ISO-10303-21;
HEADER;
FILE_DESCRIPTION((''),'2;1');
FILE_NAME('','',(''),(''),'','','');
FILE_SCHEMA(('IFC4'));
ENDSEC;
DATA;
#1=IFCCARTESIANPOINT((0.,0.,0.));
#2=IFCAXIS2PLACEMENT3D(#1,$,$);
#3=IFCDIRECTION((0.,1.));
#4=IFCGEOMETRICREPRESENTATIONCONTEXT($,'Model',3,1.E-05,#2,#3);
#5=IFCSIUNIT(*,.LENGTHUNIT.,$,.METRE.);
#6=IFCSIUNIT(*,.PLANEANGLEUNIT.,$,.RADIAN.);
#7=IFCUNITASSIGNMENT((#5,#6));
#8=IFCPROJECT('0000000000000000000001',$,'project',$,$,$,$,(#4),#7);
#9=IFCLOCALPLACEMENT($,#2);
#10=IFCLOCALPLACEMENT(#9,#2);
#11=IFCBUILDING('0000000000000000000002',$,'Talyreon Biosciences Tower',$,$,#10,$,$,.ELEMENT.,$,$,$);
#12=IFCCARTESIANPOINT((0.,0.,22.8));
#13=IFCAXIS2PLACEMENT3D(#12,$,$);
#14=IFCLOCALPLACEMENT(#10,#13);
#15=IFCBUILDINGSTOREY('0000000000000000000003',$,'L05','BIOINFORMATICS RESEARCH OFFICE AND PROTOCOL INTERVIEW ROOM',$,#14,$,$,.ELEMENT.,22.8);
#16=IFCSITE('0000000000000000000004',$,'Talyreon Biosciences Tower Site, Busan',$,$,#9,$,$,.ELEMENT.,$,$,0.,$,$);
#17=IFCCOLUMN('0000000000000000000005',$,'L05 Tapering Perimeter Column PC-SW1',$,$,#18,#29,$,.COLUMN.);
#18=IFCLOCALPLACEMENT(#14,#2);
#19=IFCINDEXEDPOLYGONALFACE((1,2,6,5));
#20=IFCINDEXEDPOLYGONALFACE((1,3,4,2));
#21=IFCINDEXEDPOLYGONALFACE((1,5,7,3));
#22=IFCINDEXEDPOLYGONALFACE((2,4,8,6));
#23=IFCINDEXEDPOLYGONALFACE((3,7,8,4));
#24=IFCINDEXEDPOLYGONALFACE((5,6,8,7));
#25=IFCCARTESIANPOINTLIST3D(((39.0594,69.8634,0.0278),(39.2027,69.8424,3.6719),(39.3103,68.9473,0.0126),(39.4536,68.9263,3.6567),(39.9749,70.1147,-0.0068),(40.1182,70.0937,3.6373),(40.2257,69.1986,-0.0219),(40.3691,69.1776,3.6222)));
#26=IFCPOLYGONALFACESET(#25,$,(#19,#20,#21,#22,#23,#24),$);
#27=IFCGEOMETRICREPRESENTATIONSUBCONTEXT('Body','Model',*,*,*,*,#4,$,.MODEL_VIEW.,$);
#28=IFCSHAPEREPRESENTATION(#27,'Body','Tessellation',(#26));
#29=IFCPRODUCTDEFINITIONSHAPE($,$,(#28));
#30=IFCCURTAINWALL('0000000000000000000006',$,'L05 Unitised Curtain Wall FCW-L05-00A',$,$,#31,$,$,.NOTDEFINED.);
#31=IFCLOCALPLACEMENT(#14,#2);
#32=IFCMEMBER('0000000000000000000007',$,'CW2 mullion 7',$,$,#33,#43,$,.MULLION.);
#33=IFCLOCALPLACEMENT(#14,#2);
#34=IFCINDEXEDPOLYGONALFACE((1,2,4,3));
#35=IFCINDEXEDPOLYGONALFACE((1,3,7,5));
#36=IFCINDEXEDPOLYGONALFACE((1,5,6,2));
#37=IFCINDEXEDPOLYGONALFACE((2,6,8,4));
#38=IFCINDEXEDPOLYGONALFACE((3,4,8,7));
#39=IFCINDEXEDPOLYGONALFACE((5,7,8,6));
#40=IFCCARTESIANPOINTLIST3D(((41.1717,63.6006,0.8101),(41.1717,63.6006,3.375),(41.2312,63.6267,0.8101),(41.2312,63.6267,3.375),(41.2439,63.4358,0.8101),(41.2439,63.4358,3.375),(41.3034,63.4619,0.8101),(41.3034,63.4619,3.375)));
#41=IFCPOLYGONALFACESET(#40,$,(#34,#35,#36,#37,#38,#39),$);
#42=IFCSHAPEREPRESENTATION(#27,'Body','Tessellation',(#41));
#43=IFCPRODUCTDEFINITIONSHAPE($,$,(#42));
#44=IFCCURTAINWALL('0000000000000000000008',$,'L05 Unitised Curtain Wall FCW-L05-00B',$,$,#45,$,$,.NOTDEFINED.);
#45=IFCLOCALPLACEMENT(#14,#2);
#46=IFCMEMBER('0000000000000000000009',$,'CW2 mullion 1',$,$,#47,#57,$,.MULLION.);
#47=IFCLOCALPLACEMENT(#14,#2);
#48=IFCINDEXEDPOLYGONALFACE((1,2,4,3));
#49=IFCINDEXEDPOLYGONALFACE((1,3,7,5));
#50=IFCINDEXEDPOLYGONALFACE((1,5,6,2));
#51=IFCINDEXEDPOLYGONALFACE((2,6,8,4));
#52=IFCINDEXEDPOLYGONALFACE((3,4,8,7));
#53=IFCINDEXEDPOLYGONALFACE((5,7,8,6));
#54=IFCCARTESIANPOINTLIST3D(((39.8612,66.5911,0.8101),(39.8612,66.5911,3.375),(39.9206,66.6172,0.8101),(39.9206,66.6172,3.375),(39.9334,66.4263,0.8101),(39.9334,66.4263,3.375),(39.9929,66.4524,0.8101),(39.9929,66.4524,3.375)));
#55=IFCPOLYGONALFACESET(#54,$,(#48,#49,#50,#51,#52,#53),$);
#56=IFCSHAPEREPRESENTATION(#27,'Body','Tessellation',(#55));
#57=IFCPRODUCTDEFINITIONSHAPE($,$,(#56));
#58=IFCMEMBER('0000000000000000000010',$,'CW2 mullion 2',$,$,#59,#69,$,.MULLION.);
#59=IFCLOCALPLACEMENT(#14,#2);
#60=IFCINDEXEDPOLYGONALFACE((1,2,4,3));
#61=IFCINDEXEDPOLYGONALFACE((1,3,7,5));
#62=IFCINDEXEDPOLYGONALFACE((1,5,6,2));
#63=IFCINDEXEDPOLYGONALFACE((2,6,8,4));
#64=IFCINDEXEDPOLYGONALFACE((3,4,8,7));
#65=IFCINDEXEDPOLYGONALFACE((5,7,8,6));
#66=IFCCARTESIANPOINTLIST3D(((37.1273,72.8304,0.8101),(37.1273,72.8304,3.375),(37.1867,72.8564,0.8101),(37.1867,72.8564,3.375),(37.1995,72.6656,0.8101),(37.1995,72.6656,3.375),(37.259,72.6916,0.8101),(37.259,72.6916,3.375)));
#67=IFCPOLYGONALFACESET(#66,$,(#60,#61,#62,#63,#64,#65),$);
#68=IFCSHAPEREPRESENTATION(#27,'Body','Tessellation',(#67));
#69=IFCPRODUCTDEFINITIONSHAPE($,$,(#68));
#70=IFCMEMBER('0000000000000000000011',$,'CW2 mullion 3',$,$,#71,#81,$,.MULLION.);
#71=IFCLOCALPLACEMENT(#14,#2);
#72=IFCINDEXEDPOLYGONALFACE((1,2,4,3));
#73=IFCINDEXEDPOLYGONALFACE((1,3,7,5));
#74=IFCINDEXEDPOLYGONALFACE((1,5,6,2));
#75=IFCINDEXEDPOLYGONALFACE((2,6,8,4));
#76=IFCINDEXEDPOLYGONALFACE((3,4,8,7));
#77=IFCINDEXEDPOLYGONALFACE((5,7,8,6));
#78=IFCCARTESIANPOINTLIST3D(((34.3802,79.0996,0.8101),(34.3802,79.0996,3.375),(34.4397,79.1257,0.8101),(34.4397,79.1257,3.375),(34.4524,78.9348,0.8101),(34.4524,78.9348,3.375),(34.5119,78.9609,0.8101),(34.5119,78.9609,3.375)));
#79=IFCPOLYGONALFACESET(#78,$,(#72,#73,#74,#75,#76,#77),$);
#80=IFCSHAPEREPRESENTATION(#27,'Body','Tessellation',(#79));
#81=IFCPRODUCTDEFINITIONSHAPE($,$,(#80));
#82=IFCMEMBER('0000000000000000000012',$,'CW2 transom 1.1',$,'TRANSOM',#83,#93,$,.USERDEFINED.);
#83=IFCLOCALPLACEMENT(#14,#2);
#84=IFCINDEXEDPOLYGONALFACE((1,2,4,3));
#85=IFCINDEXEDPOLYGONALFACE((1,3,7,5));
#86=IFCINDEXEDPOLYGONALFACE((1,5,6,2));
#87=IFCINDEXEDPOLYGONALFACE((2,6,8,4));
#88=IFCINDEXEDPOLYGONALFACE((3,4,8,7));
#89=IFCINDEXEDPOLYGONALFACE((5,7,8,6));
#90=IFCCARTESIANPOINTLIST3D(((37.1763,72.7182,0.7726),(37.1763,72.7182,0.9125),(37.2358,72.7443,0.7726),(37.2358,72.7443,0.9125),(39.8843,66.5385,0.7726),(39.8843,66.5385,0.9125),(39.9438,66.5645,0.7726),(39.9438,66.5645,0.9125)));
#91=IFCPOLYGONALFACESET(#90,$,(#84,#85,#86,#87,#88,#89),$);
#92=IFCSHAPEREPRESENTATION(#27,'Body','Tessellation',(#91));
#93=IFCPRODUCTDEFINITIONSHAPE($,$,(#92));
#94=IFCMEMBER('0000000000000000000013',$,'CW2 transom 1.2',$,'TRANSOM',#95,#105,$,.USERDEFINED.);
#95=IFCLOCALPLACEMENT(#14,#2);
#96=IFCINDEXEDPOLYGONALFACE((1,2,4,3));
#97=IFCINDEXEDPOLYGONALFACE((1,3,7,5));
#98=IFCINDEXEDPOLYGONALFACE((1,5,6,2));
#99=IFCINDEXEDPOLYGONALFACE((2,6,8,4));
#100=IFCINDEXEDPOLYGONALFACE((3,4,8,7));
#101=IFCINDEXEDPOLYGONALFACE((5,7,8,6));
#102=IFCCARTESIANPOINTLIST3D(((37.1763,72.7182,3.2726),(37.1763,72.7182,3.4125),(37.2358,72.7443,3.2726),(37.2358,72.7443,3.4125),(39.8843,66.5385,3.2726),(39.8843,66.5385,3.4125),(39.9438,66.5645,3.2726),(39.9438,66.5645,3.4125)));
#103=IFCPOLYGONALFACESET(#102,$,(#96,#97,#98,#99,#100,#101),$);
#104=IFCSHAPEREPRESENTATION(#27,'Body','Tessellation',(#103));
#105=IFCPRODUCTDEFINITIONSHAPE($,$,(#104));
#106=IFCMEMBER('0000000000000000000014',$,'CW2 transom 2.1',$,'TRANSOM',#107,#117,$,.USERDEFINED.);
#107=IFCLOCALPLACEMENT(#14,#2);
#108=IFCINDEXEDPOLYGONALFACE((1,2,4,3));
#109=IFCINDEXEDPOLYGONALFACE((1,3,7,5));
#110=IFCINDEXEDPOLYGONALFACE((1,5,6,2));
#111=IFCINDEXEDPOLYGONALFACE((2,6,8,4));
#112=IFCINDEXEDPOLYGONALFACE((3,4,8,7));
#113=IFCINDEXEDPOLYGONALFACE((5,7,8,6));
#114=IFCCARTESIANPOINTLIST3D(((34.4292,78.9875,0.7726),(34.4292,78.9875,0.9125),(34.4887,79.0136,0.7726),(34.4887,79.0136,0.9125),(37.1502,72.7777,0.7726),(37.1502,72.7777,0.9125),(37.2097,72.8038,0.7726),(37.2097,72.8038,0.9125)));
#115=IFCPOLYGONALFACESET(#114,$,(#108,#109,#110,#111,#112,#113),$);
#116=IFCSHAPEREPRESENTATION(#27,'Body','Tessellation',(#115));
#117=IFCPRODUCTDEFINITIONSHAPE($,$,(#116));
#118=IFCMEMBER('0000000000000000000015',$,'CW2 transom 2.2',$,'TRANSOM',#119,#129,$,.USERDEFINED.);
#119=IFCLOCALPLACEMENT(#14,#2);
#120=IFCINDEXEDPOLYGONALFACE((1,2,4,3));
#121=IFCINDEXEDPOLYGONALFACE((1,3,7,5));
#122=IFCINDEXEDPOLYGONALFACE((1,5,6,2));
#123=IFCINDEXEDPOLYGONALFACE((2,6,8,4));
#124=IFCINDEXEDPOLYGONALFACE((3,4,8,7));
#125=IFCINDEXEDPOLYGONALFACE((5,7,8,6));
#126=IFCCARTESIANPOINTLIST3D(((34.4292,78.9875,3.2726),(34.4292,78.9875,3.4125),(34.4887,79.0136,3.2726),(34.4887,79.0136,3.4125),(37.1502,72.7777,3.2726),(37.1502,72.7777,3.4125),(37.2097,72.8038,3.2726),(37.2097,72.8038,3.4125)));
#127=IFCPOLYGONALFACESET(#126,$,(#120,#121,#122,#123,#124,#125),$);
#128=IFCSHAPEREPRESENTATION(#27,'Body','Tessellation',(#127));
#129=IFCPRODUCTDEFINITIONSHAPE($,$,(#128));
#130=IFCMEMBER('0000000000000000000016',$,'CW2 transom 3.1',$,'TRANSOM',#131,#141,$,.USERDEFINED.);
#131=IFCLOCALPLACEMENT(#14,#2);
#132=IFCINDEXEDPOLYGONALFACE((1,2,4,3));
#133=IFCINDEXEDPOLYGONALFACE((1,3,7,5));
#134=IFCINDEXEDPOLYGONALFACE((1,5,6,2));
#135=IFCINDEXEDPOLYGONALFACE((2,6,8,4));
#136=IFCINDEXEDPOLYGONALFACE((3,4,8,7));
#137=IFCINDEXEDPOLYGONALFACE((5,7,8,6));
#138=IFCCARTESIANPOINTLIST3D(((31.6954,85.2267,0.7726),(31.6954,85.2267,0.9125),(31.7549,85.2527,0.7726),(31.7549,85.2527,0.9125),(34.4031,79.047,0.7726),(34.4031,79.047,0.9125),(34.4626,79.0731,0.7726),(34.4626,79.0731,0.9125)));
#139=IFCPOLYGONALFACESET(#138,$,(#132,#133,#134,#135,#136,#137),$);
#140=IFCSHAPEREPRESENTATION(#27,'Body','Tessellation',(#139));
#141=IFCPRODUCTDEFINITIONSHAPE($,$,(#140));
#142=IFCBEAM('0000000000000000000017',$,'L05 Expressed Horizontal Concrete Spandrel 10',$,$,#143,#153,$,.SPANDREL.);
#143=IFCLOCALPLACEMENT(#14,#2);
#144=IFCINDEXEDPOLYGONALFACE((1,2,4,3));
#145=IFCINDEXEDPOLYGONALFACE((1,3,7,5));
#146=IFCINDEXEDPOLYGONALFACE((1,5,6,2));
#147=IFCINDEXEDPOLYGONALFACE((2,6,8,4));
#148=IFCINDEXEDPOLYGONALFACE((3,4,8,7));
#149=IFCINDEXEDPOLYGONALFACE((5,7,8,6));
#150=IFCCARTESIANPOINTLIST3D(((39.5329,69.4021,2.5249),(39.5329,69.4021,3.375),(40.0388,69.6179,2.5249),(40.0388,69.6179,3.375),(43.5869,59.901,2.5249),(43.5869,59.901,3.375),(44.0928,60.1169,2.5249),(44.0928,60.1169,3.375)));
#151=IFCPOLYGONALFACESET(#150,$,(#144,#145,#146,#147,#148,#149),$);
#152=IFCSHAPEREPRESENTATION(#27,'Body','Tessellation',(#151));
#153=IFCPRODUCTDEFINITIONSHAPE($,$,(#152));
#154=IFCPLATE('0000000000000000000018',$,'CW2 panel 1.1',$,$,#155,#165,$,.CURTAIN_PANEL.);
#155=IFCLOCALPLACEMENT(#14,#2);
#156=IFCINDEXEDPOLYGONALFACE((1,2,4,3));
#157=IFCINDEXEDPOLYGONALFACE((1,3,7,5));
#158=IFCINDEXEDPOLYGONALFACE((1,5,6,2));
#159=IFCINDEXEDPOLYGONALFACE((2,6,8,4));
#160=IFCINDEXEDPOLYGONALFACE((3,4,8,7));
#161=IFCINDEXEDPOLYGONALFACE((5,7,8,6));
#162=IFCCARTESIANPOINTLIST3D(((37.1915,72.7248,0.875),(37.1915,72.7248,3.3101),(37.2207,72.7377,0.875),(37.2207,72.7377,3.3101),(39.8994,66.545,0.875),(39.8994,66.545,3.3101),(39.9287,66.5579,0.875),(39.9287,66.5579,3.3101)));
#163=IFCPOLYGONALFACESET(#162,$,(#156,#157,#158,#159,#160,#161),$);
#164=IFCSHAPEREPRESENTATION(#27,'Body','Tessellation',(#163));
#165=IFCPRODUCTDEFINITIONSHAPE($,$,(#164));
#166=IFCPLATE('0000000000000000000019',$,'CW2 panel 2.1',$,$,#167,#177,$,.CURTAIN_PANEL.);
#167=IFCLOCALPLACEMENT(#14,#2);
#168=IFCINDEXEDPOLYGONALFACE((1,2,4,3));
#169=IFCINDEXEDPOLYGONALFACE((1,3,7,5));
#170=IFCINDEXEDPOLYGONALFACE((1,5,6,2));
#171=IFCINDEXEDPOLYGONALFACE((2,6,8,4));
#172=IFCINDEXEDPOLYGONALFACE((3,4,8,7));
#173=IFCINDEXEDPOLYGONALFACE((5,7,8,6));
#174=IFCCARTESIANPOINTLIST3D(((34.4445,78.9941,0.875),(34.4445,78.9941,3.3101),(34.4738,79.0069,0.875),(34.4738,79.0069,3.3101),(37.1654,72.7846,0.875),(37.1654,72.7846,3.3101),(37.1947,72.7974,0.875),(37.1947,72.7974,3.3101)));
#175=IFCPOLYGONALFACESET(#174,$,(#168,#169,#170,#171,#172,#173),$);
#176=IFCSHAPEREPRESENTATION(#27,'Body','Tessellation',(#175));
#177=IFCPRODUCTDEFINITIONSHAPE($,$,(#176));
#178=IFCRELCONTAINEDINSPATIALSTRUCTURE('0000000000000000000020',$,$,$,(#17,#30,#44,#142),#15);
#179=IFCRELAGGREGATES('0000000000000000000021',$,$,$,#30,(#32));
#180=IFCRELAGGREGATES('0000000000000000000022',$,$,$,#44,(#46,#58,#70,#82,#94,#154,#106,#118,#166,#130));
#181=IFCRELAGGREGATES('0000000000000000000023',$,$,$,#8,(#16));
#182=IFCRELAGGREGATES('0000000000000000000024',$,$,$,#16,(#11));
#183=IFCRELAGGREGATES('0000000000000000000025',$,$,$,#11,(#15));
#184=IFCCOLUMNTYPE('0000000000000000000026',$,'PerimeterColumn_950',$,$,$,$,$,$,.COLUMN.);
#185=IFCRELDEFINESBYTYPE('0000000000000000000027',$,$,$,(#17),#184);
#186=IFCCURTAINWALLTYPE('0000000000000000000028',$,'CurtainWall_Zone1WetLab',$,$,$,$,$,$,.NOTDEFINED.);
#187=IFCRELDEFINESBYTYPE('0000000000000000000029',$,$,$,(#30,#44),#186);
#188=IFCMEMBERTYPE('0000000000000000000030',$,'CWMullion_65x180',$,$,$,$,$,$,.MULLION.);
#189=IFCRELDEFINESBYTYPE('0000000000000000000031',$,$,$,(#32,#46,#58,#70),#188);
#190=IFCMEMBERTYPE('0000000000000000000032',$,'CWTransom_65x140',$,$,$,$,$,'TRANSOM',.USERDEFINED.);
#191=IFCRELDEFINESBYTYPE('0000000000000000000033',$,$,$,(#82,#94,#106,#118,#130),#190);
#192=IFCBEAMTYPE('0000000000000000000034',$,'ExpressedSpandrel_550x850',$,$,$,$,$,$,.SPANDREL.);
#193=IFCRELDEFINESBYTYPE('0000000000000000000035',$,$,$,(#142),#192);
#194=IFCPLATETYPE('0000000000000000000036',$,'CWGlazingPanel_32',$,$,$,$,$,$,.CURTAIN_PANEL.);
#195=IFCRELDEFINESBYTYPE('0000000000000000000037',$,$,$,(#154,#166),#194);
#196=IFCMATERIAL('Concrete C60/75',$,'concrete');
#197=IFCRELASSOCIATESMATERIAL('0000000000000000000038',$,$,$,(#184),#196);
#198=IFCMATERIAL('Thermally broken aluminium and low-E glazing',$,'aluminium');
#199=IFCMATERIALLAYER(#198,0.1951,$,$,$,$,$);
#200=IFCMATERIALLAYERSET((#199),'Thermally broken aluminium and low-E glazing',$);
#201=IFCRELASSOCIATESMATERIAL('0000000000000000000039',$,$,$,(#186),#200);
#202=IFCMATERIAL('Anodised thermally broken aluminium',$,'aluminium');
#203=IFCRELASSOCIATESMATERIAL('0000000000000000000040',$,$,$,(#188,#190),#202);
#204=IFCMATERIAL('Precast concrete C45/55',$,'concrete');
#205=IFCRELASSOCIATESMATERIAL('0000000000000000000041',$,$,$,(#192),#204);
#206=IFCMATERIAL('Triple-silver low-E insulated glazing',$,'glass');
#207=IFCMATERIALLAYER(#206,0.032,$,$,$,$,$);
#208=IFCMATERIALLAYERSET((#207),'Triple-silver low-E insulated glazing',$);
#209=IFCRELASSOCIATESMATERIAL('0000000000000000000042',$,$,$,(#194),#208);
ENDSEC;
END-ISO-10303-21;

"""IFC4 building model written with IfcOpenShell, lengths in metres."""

from ifc_helpers import new_model, si_unit, direction, frame, origin, origin_2d, place, context, subcontext, project, spatial, rectangle, extrude, material, layer, layer_set, material_profile, profile_set, type_object, element, aggregate, save


model = new_model("IFC4")

# Units and contexts
model_context = context("Model", 3, precision=1e-05, world=origin(), true_north=direction((0.0, 1.0)))
body_context = subcontext(model_context, "Body", "Model", "MODEL_VIEW")
ifc_project = project(units=[si_unit("LENGTHUNIT", "METRE"), si_unit("PLANEANGLEUNIT", "RADIAN")], contexts=[model_context])

# Site, building, storey
site_placement = place(None, origin())
site = spatial("IfcSite", under=ifc_project, at=site_placement, Name="Talyreon Biosciences Tower Site, Busan", CompositionType="ELEMENT", RefElevation=0.0)
building_placement = place(site_placement, origin())
building = spatial("IfcBuilding", under=site, at=building_placement, Name="Talyreon Biosciences Tower", CompositionType="ELEMENT")
storey_placement = place(building_placement, frame((0.0, 0.0, 22.8)))
storey = spatial("IfcBuildingStorey", under=building, at=storey_placement, Name="L05", Description="BIOINFORMATICS RESEARCH OFFICE AND PROTOCOL INTERVIEW ROOM", CompositionType="ELEMENT", Elevation=22.8)

# Column
ifc_material_1 = material(Name="Concrete C60/75", Category="concrete")
ifc_material_profile_1 = material_profile(ifc_material_1, rectangle(XDim=0.95, YDim=0.95, at=origin_2d()), Name="RC 950x950")
ifc_profile_set_1 = profile_set([ifc_material_profile_1], Name="Concrete C60/75")
column_type = type_object("IfcColumnType", Name="PerimeterColumn_950", PredefinedType="COLUMN", material=ifc_profile_set_1)
column_placement = place(storey_placement, frame((39.6426, 69.531, 0.0029), z_axis=(0.039296, -0.005757, 0.999211), x_axis=(0.963704, 0.264483, -0.036376)))
element("IfcColumn", 1, at=column_placement, inside=storey, type_object=column_type, Name="L05 Tapering Perimeter Column PC-SW1", PredefinedType="COLUMN", context=body_context, shape_type="SweptSolid", body=[
    extrude(rectangle(XDim=0.95, YDim=0.95, at=origin_2d()), origin(), (0.0, 0.0, 1.0), 3.647),
])

# Curtain wall, member
ifc_material_2 = material(Name="Thermally broken aluminium and low-E glazing", Category="aluminium")
ifc_layer_1 = layer(ifc_material_2, 0.1951)
ifc_layer_set_1 = layer_set([ifc_layer_1], Name="Thermally broken aluminium and low-E glazing")
curtain_wall_type = type_object("IfcCurtainWallType", Name="CurtainWall_Zone1WetLab", PredefinedType="NOTDEFINED", material=ifc_layer_set_1)
curtain_wall_1_placement = place(storey_placement, origin())
curtain_wall_1 = element("IfcCurtainWall", 2, at=curtain_wall_1_placement, inside=storey, type_object=curtain_wall_type, Name="L05 Unitised Curtain Wall FCW-L05-00A", PredefinedType="NOTDEFINED")
ifc_material_3 = material(Name="Anodised thermally broken aluminium", Category="aluminium")
ifc_material_profile_2 = material_profile(ifc_material_3, rectangle(XDim=0.0649, YDim=0.1799, at=origin_2d()), Name="ALUM MULLION 65x180")
ifc_profile_set_2 = profile_set([ifc_material_profile_2], Name="Anodised thermally broken aluminium")
member_type_1 = type_object("IfcMemberType", Name="CWMullion_65x180", PredefinedType="MULLION", material=ifc_profile_set_2)
member_1_placement = place(storey_placement, frame((41.2375, 63.5312, 0.8101), z_axis=(0.0, 0.0, 1.0), x_axis=(-0.915927, -0.401345, 0.0)))
member_1 = element("IfcMember", 3, at=member_1_placement, type_object=member_type_1, Name="CW2 mullion 7", PredefinedType="MULLION", context=body_context, shape_type="SweptSolid", body=[
    extrude(rectangle(XDim=0.0649, YDim=0.1799, at=origin_2d()), origin(), (0.0, 0.0, 1.0), 2.5649),
])
aggregate(curtain_wall_1, [member_1])

# Curtain wall, members
curtain_wall_2_placement = place(storey_placement, origin())
curtain_wall_2 = element("IfcCurtainWall", 4, at=curtain_wall_2_placement, inside=storey, type_object=curtain_wall_type, Name="L05 Unitised Curtain Wall FCW-L05-00B", PredefinedType="NOTDEFINED")
member_2_placement = place(storey_placement, frame((39.927, 66.5217, 0.8101), z_axis=(0.0, 0.0, 1.0), x_axis=(-0.915926, -0.401347, 0.0)))
member_2 = element("IfcMember", 5, at=member_2_placement, type_object=member_type_1, Name="CW2 mullion 1", PredefinedType="MULLION", context=body_context, shape_type="SweptSolid", body=[
    extrude(rectangle(XDim=0.0649, YDim=0.1799, at=origin_2d()), origin(), (0.0, 0.0, 1.0), 2.5649),
])
member_3_placement = place(storey_placement, frame((37.1931, 72.761, 0.8101), z_axis=(0.0, 0.0, 1.0), x_axis=(-0.915926, -0.401347, 0.0)))
member_3 = element("IfcMember", 6, at=member_3_placement, type_object=member_type_1, Name="CW2 mullion 2", PredefinedType="MULLION", context=body_context, shape_type="SweptSolid", body=[
    extrude(rectangle(XDim=0.0649, YDim=0.1799, at=origin_2d()), origin(), (0.0, 0.0, 1.0), 2.5649),
])
member_4_placement = place(storey_placement, frame((34.446, 79.0303, 0.8101), z_axis=(0.0, 0.0, 1.0), x_axis=(-0.915926, -0.401347, 0.0)))
member_4 = element("IfcMember", 7, at=member_4_placement, type_object=member_type_1, Name="CW2 mullion 3", PredefinedType="MULLION", context=body_context, shape_type="SweptSolid", body=[
    extrude(rectangle(XDim=0.0649, YDim=0.1799, at=origin_2d()), origin(), (0.0, 0.0, 1.0), 2.5649),
])
ifc_material_profile_3 = material_profile(ifc_material_3, rectangle(XDim=0.0649, YDim=0.1399, at=origin_2d()), Name="ALUM TRANSOM 65x140")
ifc_profile_set_3 = profile_set([ifc_material_profile_3], Name="Anodised thermally broken aluminium")
member_type_2 = type_object("IfcMemberType", Name="CWTransom_65x140", ElementType="TRANSOM", PredefinedType="USERDEFINED", material=ifc_profile_set_3)
member_5_placement = place(storey_placement, frame((39.9141, 66.5515, 0.8425), z_axis=(-0.401365, 0.915918, 0.0), x_axis=(-0.915918, -0.401365, 0.0)))
member_5 = element("IfcMember", 8, at=member_5_placement, type_object=member_type_2, Name="CW2 transom 1.1", ObjectType="TRANSOM", PredefinedType="USERDEFINED", context=body_context, shape_type="SweptSolid", body=[
    extrude(rectangle(XDim=0.0649, YDim=0.1399, at=origin_2d()), origin(), (0.0, 0.0, 1.0), 6.7471),
])
member_6_placement = place(storey_placement, frame((39.9141, 66.5515, 3.3425), z_axis=(-0.401365, 0.915918, 0.0), x_axis=(-0.915918, -0.401365, 0.0)))
member_6 = element("IfcMember", 9, at=member_6_placement, type_object=member_type_2, Name="CW2 transom 1.2", ObjectType="TRANSOM", PredefinedType="USERDEFINED", context=body_context, shape_type="SweptSolid", body=[
    extrude(rectangle(XDim=0.0649, YDim=0.1399, at=origin_2d()), origin(), (0.0, 0.0, 1.0), 6.7471),
])
member_7_placement = place(storey_placement, frame((37.1799, 72.7908, 0.8425), z_axis=(-0.401338, 0.91593, 0.0), x_axis=(-0.91593, -0.401338, 0.0)))
member_7 = element("IfcMember", 10, at=member_7_placement, type_object=member_type_2, Name="CW2 transom 2.1", ObjectType="TRANSOM", PredefinedType="USERDEFINED", context=body_context, shape_type="SweptSolid", body=[
    extrude(rectangle(XDim=0.0649, YDim=0.1399, at=origin_2d()), origin(), (0.0, 0.0, 1.0), 6.7798),
])
member_8_placement = place(storey_placement, frame((37.1799, 72.7908, 3.3425), z_axis=(-0.401338, 0.91593, 0.0), x_axis=(-0.91593, -0.401338, 0.0)))
member_8 = element("IfcMember", 11, at=member_8_placement, type_object=member_type_2, Name="CW2 transom 2.2", ObjectType="TRANSOM", PredefinedType="USERDEFINED", context=body_context, shape_type="SweptSolid", body=[
    extrude(rectangle(XDim=0.0649, YDim=0.1399, at=origin_2d()), origin(), (0.0, 0.0, 1.0), 6.7798),
])
member_9_placement = place(storey_placement, frame((34.4329, 79.0601, 0.8425), z_axis=(-0.401335, 0.915931, 0.0), x_axis=(-0.915931, -0.401335, 0.0)))
member_9 = element("IfcMember", 12, at=member_9_placement, type_object=member_type_2, Name="CW2 transom 3.1", ObjectType="TRANSOM", PredefinedType="USERDEFINED", context=body_context, shape_type="SweptSolid", body=[
    extrude(rectangle(XDim=0.0649, YDim=0.1399, at=origin_2d()), origin(), (0.0, 0.0, 1.0), 6.7468),
])

# Beam
ifc_material_4 = material(Name="Precast concrete C45/55", Category="concrete")
ifc_material_profile_4 = material_profile(ifc_material_4, rectangle(XDim=0.55, YDim=0.8501, at=origin_2d()), Name="RCB 550x850")
ifc_profile_set_4 = profile_set([ifc_material_profile_4], Name="Precast concrete C45/55")
beam_type = type_object("IfcBeamType", Name="ExpressedSpandrel_550x850", PredefinedType="SPANDREL", material=ifc_profile_set_4)
beam_placement = place(storey_placement, frame((39.7859, 69.51, 2.95), z_axis=(0.392455, -0.919771, 0.0), x_axis=(0.919771, 0.392455, 0.0)))
element("IfcBeam", 13, at=beam_placement, inside=storey, type_object=beam_type, Name="L05 Expressed Horizontal Concrete Spandrel 10", PredefinedType="SPANDREL", context=body_context, shape_type="SweptSolid", body=[
    extrude(rectangle(XDim=0.55, YDim=0.8501, at=origin_2d()), origin(), (0.0, 0.0, 1.0), 10.3298),
])

# Plates
ifc_material_5 = material(Name="Triple-silver low-E insulated glazing", Category="glass")
ifc_layer_2 = layer(ifc_material_5, 0.032)
ifc_layer_set_2 = layer_set([ifc_layer_2], Name="Triple-silver low-E insulated glazing")
plate_type = type_object("IfcPlateType", Name="CWGlazingPanel_32", PredefinedType="CURTAIN_PANEL", material=ifc_layer_set_2)
plate_1_placement = place(storey_placement, frame((38.5601, 69.6414, 0.875), z_axis=(0.0, 0.0, 1.0), x_axis=(-0.401347, 0.915926, 0.0)))
plate_1 = element("IfcPlate", 14, at=plate_1_placement, type_object=plate_type, Name="CW2 panel 1.1", PredefinedType="CURTAIN_PANEL", context=body_context, shape_type="SweptSolid", body=[
    extrude(rectangle(XDim=6.7471, YDim=0.032, at=origin_2d()), origin(), (0.0, 0.0, 1.0), 2.4351),
])
plate_2_placement = place(storey_placement, frame((35.8196, 75.8958, 0.875), z_axis=(0.0, 0.0, 1.0), x_axis=(-0.401347, 0.915926, 0.0)))
plate_2 = element("IfcPlate", 15, at=plate_2_placement, type_object=plate_type, Name="CW2 panel 2.1", PredefinedType="CURTAIN_PANEL", context=body_context, shape_type="SweptSolid", body=[
    extrude(rectangle(XDim=6.7795, YDim=0.032, at=origin_2d()), origin(), (0.0, 0.0, 1.0), 2.4351),
])
aggregate(curtain_wall_2, [member_2, member_3, member_4, member_5, member_6, plate_1, member_7, member_8, plate_2, member_9])

save(model, "model.ifc")
